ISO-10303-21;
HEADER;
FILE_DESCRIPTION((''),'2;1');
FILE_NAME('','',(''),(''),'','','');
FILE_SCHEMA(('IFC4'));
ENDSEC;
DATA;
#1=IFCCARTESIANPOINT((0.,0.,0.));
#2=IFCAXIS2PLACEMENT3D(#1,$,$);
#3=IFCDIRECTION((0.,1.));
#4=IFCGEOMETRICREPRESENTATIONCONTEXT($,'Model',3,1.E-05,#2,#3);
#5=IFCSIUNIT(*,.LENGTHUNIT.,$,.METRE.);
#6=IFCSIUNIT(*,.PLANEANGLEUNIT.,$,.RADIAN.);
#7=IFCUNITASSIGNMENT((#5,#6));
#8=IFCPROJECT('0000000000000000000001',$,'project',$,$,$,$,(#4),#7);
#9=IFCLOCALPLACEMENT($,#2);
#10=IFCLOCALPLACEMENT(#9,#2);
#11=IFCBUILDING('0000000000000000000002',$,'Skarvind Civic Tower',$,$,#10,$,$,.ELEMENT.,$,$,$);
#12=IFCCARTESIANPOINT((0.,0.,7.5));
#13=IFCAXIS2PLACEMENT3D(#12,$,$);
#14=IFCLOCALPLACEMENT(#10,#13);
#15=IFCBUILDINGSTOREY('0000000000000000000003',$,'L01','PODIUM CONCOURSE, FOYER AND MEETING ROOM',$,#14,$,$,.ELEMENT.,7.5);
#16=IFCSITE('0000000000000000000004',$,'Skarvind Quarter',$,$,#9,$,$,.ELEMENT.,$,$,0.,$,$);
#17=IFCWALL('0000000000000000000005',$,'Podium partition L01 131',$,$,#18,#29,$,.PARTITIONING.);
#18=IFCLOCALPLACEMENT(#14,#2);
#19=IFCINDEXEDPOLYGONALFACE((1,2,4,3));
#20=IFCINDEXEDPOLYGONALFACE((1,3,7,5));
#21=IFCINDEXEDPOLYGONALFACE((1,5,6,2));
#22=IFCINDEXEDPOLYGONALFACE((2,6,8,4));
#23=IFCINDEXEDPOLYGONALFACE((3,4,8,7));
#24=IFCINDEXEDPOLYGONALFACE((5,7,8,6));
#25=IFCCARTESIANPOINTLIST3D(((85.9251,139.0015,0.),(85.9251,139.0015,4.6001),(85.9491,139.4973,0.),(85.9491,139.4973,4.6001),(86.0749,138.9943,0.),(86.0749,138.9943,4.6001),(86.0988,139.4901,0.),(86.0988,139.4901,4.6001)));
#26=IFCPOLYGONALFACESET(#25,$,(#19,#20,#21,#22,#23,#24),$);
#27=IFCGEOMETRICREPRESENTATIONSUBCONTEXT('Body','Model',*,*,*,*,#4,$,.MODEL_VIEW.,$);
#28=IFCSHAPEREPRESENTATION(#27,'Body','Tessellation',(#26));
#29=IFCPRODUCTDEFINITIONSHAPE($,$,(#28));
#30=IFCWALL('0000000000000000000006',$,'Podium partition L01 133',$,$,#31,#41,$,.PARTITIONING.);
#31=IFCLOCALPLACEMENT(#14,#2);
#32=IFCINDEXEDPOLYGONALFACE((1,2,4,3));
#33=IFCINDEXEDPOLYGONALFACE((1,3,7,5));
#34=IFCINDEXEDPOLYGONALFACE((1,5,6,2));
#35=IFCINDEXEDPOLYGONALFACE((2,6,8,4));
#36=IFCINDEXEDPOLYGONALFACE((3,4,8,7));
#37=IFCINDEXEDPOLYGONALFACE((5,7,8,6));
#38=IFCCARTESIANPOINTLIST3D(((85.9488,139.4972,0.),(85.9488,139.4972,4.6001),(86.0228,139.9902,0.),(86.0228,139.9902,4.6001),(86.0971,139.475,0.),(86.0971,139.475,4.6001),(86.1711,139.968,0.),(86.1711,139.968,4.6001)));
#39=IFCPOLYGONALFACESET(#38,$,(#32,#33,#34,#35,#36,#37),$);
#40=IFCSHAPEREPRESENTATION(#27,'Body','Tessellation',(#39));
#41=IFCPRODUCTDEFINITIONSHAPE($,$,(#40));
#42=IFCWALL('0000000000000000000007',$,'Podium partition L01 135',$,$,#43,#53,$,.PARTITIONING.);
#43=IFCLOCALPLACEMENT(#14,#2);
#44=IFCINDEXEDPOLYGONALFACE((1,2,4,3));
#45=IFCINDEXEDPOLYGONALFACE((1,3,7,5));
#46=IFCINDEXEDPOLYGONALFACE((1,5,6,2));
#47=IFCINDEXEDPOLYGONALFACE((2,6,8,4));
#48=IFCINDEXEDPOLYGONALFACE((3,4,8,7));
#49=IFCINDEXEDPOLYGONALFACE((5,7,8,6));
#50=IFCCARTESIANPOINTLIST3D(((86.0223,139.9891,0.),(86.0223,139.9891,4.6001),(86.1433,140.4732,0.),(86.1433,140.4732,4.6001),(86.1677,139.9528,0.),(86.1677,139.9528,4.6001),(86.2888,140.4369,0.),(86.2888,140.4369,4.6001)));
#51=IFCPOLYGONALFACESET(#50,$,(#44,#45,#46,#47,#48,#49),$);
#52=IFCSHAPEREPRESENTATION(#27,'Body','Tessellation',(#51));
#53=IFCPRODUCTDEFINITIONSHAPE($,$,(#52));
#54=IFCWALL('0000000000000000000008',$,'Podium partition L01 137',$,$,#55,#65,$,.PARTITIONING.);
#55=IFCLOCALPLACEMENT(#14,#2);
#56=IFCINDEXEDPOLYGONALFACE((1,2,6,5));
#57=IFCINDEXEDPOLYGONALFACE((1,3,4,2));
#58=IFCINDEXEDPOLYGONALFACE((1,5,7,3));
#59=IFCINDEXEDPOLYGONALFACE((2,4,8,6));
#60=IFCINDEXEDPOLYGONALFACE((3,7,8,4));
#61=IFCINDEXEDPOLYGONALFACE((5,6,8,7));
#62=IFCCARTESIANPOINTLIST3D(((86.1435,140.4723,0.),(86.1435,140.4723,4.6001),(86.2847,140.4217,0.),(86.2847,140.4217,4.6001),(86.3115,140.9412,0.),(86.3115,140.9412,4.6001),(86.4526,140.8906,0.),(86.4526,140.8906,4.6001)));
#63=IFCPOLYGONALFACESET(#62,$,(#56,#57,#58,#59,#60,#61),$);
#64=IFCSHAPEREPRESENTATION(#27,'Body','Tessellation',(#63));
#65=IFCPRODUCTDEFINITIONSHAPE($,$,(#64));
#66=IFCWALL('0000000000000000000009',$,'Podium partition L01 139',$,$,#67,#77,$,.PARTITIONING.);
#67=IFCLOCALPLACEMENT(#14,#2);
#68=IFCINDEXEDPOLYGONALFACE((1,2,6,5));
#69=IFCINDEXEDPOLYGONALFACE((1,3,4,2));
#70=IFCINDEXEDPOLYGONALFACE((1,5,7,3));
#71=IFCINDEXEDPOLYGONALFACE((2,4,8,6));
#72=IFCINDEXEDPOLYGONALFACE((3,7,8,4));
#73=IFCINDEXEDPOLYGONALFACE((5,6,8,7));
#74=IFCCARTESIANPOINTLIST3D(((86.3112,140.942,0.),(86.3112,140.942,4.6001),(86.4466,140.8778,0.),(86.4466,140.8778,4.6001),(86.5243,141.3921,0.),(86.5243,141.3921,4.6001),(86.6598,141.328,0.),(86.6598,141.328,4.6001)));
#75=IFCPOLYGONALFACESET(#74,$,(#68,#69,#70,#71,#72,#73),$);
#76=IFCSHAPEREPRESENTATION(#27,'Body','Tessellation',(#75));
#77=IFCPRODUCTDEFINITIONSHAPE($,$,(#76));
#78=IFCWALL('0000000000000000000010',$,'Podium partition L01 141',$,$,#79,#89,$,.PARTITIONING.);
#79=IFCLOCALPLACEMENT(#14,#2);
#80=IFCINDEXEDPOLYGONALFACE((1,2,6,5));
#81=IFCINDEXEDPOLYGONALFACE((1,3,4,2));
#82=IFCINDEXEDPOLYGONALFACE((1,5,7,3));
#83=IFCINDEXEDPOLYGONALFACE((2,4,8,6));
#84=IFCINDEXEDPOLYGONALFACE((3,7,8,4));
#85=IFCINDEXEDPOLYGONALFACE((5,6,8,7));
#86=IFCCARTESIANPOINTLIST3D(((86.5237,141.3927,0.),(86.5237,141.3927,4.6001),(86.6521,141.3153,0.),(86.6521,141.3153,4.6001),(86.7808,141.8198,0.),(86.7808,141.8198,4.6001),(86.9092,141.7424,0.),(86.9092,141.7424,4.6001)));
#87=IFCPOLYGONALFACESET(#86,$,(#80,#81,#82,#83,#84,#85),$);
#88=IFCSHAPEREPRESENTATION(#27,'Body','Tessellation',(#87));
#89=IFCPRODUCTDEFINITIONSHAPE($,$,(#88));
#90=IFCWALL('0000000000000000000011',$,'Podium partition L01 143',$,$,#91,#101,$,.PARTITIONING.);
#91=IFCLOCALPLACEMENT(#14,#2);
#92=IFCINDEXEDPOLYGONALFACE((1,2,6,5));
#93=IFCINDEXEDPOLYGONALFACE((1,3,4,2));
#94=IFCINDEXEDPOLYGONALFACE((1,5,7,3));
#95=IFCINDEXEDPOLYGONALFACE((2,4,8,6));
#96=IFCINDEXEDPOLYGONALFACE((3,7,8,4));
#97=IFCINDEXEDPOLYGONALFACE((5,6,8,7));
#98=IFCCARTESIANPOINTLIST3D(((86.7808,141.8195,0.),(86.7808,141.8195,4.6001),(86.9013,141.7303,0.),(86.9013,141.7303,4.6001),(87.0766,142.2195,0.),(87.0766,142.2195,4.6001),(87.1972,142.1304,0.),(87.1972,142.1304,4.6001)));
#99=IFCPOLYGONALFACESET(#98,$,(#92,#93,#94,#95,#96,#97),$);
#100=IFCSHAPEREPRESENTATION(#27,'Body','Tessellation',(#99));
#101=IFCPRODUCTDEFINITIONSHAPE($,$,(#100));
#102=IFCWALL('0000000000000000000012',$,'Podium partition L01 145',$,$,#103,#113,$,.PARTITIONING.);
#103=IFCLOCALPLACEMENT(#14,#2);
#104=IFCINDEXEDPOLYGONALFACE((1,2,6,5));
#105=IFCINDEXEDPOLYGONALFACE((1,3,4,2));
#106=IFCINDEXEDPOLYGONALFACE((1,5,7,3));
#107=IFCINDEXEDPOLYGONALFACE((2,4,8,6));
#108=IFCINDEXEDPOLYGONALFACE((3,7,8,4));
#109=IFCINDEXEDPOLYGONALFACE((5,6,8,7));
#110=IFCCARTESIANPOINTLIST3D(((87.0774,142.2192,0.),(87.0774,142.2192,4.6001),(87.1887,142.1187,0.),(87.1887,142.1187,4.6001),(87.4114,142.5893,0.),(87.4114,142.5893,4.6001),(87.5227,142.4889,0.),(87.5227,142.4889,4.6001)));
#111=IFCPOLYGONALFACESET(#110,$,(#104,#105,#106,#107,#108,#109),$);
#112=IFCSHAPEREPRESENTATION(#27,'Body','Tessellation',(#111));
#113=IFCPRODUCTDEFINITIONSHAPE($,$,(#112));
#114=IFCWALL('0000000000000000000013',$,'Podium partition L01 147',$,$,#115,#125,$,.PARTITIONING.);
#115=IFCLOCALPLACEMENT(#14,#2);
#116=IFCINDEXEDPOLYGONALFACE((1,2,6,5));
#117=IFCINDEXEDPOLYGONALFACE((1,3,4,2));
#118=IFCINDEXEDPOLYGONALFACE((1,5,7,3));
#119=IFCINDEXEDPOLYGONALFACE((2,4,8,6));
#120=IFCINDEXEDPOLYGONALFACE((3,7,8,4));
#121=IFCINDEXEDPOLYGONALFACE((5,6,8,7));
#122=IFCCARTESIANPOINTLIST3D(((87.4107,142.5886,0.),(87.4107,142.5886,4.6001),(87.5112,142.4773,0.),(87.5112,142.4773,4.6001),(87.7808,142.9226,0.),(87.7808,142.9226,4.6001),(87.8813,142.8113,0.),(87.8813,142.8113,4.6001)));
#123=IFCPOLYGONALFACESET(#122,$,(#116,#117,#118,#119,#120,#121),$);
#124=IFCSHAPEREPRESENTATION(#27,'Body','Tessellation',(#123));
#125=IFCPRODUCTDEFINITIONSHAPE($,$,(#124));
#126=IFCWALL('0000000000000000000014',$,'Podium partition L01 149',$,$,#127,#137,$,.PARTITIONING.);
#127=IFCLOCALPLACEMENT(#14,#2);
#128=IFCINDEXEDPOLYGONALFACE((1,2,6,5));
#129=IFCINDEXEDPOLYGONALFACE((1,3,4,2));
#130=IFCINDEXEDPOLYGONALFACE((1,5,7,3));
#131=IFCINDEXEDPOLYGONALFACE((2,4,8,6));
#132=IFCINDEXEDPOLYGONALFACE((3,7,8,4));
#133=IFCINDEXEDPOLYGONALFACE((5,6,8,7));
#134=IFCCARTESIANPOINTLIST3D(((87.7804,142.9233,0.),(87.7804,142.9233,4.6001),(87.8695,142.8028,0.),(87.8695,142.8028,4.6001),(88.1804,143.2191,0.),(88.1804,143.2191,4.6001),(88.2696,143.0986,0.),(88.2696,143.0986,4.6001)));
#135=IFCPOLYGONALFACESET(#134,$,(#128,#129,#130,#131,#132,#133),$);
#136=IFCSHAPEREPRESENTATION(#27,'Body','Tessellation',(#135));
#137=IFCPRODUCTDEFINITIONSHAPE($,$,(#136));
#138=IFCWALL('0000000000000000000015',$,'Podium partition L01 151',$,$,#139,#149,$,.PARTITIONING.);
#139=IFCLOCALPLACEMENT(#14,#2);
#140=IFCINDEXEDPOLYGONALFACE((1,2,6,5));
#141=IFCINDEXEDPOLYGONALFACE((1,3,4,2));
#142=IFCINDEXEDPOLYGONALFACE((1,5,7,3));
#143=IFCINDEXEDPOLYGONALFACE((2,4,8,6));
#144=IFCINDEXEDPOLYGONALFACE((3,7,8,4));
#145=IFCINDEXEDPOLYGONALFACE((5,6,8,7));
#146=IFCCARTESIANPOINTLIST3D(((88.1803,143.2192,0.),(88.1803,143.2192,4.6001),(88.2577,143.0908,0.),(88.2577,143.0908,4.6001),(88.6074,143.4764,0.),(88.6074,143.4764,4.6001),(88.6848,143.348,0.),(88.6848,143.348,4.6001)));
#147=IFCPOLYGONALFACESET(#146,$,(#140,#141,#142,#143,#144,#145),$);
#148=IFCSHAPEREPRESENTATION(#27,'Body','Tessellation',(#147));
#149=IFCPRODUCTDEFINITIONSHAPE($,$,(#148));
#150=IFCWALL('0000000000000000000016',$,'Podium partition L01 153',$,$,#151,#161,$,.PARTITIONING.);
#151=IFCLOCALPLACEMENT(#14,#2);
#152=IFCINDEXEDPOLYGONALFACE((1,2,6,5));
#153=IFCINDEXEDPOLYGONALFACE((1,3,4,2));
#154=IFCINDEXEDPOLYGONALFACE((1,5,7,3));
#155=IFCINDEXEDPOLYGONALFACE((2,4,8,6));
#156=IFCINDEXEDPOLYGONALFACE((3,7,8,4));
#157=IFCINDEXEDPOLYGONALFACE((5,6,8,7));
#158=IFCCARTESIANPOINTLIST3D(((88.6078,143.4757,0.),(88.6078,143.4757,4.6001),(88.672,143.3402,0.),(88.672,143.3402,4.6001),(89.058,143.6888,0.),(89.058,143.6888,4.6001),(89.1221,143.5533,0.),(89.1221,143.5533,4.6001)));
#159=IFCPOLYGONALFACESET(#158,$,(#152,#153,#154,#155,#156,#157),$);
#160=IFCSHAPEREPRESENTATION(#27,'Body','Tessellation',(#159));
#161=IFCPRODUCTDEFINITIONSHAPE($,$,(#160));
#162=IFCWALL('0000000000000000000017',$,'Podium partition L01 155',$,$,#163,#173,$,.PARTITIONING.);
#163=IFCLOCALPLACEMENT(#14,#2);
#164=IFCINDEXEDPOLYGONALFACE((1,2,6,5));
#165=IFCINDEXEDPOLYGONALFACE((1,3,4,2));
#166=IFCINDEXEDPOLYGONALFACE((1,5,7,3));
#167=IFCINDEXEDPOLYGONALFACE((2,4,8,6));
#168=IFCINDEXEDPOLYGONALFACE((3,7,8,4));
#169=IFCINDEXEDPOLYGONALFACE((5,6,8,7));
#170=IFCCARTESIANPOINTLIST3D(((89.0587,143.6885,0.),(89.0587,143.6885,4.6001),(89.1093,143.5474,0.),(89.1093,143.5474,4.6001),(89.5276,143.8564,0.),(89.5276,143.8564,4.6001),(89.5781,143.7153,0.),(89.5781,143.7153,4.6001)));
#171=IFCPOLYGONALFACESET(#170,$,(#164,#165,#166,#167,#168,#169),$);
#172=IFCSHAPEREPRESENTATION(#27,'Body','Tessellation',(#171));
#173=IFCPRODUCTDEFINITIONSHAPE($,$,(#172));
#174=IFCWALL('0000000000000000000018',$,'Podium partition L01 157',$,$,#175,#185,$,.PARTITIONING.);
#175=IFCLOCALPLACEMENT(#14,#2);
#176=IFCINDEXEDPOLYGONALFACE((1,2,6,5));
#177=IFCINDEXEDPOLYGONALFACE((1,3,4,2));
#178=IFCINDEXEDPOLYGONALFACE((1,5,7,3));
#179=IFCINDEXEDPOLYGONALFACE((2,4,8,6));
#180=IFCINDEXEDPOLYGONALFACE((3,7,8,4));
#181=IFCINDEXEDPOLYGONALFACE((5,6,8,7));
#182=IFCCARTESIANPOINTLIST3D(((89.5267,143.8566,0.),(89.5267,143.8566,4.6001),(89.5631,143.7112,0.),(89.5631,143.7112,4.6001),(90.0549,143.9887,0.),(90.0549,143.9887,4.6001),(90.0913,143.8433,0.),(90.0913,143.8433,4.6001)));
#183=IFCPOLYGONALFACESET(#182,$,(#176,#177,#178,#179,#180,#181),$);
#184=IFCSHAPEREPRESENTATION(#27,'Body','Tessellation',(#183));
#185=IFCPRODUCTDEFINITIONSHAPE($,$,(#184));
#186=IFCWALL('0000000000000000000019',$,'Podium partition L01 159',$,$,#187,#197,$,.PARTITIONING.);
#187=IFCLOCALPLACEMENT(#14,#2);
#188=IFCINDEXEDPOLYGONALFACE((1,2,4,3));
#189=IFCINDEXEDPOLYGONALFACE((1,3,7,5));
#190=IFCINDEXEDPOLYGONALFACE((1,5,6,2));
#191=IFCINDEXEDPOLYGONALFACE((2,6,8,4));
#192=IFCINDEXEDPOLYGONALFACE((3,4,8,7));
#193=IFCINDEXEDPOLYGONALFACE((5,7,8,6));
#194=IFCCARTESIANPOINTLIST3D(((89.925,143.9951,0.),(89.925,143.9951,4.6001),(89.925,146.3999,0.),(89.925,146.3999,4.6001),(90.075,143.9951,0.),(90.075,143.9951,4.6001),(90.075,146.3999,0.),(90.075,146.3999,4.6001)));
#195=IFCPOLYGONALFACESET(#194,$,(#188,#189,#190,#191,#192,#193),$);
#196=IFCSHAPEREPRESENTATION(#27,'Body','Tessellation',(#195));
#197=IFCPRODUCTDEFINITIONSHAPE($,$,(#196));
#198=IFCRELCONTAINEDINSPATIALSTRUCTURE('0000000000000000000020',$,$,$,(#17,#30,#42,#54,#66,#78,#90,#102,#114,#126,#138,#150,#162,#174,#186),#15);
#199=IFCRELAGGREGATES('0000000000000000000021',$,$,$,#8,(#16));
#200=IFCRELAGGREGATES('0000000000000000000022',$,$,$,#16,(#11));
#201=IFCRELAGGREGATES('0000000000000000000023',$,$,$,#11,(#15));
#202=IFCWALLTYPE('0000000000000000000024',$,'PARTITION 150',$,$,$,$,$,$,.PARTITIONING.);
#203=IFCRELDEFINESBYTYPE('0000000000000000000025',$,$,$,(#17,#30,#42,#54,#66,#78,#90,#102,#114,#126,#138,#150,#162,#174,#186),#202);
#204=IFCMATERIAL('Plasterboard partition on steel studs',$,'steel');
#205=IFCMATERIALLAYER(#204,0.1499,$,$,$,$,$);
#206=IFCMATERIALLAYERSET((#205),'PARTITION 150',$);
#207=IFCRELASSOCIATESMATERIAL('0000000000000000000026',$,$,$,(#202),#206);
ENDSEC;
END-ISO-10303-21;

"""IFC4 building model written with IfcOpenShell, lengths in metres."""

from ifc_helpers import new_model, si_unit, direction, frame, frame_2d, origin, place, context, subcontext, project, spatial, rectangle, extrude, material, layer, layer_set, type_object, element, save


model = new_model("IFC4")

# Units and contexts
model_context = context("Model", 3, precision=1e-05, world=origin(), true_north=direction((0.0, 1.0)))
body_context = subcontext(model_context, "Body", "Model", "MODEL_VIEW")
ifc_project = project(units=[si_unit("LENGTHUNIT", "METRE"), si_unit("PLANEANGLEUNIT", "RADIAN")], contexts=[model_context])

# Site, building, storey
site_placement = place(None, origin())
site = spatial("IfcSite", under=ifc_project, at=site_placement, Name="Skarvind Quarter", CompositionType="ELEMENT", RefElevation=0.0)
building_placement = place(site_placement, origin())
building = spatial("IfcBuilding", under=site, at=building_placement, Name="Skarvind Civic Tower", CompositionType="ELEMENT")
storey_placement = place(building_placement, frame((0.0, 0.0, 7.5)))
storey = spatial("IfcBuildingStorey", under=building, at=storey_placement, Name="L01", Description="PODIUM CONCOURSE, FOYER AND MEETING ROOM", CompositionType="ELEMENT", Elevation=7.5)

# Walls
ifc_material_1 = material(Name="Plasterboard partition on steel studs", Category="steel")
ifc_layer_1 = layer(ifc_material_1, 0.1499)
ifc_layer_set_1 = layer_set([ifc_layer_1], Name="PARTITION 150")
wall_type_1 = type_object("IfcWallType", Name="PARTITION 150", PredefinedType="PARTITIONING", material=ifc_layer_set_1)
wall_1_placement = place(storey_placement, frame((86.0, 138.998, 0.0), z_axis=(0.0, 0.0, 1.0), x_axis=(0.048196, 0.998838, 0.0)))
element("IfcWall", 1, at=wall_1_placement, inside=storey, type_object=wall_type_1, Name="Podium partition L01 131", PredefinedType="PARTITIONING", context=body_context, shape_type="SweptSolid", body=[
    extrude(rectangle(XDim=0.4963, YDim=0.1499, at=frame_2d((0.248, 0.0))), origin(), (0.0, 0.0, 1.0), 4.6001),
])
wall_2_placement = place(storey_placement, frame((86.0229, 139.4861, 0.0), z_axis=(0.0, 0.0, 1.0), x_axis=(0.148412, 0.988926, 0.0)))
element("IfcWall", 2, at=wall_2_placement, inside=storey, type_object=wall_type_1, Name="Podium partition L01 133", PredefinedType="PARTITIONING", context=body_context, shape_type="SweptSolid", body=[
    extrude(rectangle(XDim=0.4985, YDim=0.1499, at=frame_2d((0.2493, 0.0))), origin(), (0.0, 0.0, 1.0), 4.6001),
])
wall_3_placement = place(storey_placement, frame((86.095, 139.9709, 0.0), z_axis=(0.0, 0.0, 1.0), x_axis=(0.242651, 0.970114, 0.0)))
element("IfcWall", 3, at=wall_3_placement, inside=storey, type_object=wall_type_1, Name="Podium partition L01 135", PredefinedType="PARTITIONING", context=body_context, shape_type="SweptSolid", body=[
    extrude(rectangle(XDim=0.499, YDim=0.1499, at=frame_2d((0.2495, 0.0))), origin(), (0.0, 0.0, 1.0), 4.6001),
])
for number, where, z_axis, x_axis, name in (
    (4, (86.2141, 140.447, 0.0), (0.0, 0.0, 1.0), (0.337174, 0.941442, 0.0), "Podium partition L01 137"),
    (5, (86.3789, 140.9099, 0.0), (0.0, 0.0, 1.0), (0.427897, 0.903828, 0.0), "Podium partition L01 139"),
):
    element("IfcWall", number, at=place(storey_placement, frame(where, z_axis=z_axis, x_axis=x_axis)), inside=storey, type_object=wall_type_1, Name=name, PredefinedType="PARTITIONING", context=body_context, shape_type="SweptSolid", body=[
        extrude(rectangle(XDim=0.498, YDim=0.1499, at=frame_2d((0.249, 0.0))), origin(), (0.0, 0.0, 1.0), 4.6001),
    ])
wall_4_placement = place(storey_placement, frame((86.5879, 141.354, 0.0), z_axis=(0.0, 0.0, 1.0), x_axis=(0.515792, 0.856714, 0.0)))
element("IfcWall", 6, at=wall_4_placement, inside=storey, type_object=wall_type_1, Name="Podium partition L01 141", PredefinedType="PARTITIONING", context=body_context, shape_type="SweptSolid", body=[
    extrude(rectangle(XDim=0.4985, YDim=0.1499, at=frame_2d((0.2493, 0.0))), origin(), (0.0, 0.0, 1.0), 4.6001),
])
wall_5_placement = place(storey_placement, frame((86.8411, 141.7749, 0.0), z_axis=(0.0, 0.0, 1.0), x_axis=(0.59457, 0.804044, 0.0)))
element("IfcWall", 7, at=wall_5_placement, inside=storey, type_object=wall_type_1, Name="Podium partition L01 143", PredefinedType="PARTITIONING", context=body_context, shape_type="SweptSolid", body=[
    extrude(rectangle(XDim=0.4976, YDim=0.1499, at=frame_2d((0.2488, 0.0))), origin(), (0.0, 0.0, 1.0), 4.6001),
])
for number, where, z_axis, x_axis, name in (
    (8, (87.1331, 142.1689, 0.0), (0.0, 0.0, 1.0), (0.669938, 0.742417, 0.0), "Podium partition L01 145"),
    (9, (87.4609, 142.533, 0.0), (0.0, 0.0, 1.0), (0.742417, 0.669938, 0.0), "Podium partition L01 147"),
):
    element("IfcWall", number, at=place(storey_placement, frame(where, z_axis=z_axis, x_axis=x_axis)), inside=storey, type_object=wall_type_1, Name=name, PredefinedType="PARTITIONING", context=body_context, shape_type="SweptSolid", body=[
        extrude(rectangle(XDim=0.4985, YDim=0.1499, at=frame_2d((0.2493, 0.0))), origin(), (0.0, 0.0, 1.0), 4.6001),
    ])
wall_6_placement = place(storey_placement, frame((87.825, 142.863, 0.0), z_axis=(0.0, 0.0, 1.0), x_axis=(0.804044, 0.59457, 0.0)))
element("IfcWall", 10, at=wall_6_placement, inside=storey, type_object=wall_type_1, Name="Podium partition L01 149", PredefinedType="PARTITIONING", context=body_context, shape_type="SweptSolid", body=[
    extrude(rectangle(XDim=0.4976, YDim=0.1499, at=frame_2d((0.2488, 0.0))), origin(), (0.0, 0.0, 1.0), 4.6001),
])
wall_7_placement = place(storey_placement, frame((88.219, 143.155, 0.0), z_axis=(0.0, 0.0, 1.0), x_axis=(0.856714, 0.515792, 0.0)))
element("IfcWall", 11, at=wall_7_placement, inside=storey, type_object=wall_type_1, Name="Podium partition L01 151", PredefinedType="PARTITIONING", context=body_context, shape_type="SweptSolid", body=[
    extrude(rectangle(XDim=0.4985, YDim=0.1499, at=frame_2d((0.2493, 0.0))), origin(), (0.0, 0.0, 1.0), 4.6001),
])
for number, where, z_axis, x_axis, name in (
    (12, (88.6399, 143.408, 0.0), (0.0, 0.0, 1.0), (0.903828, 0.427897, 0.0), "Podium partition L01 153"),
    (13, (89.084, 143.6179, 0.0), (0.0, 0.0, 1.0), (0.941442, 0.337174, 0.0), "Podium partition L01 155"),
):
    element("IfcWall", number, at=place(storey_placement, frame(where, z_axis=z_axis, x_axis=x_axis)), inside=storey, type_object=wall_type_1, Name=name, PredefinedType="PARTITIONING", context=body_context, shape_type="SweptSolid", body=[
        extrude(rectangle(XDim=0.498, YDim=0.1499, at=frame_2d((0.249, 0.0))), origin(), (0.0, 0.0, 1.0), 4.6001),
    ])
wall_8_placement = place(storey_placement, frame((89.5449, 143.7839, 0.0), z_axis=(0.0, 0.0, 1.0), x_axis=(0.970116, 0.242641, 0.0)))
element("IfcWall", 14, at=wall_8_placement, inside=storey, type_object=wall_type_1, Name="Podium partition L01 157", PredefinedType="PARTITIONING", context=body_context, shape_type="SweptSolid", body=[
    extrude(rectangle(XDim=0.5444, YDim=0.1499, at=frame_2d((0.2722, 0.0))), origin(), (0.0, 0.0, 1.0), 4.6001),
])
wall_9_placement = place(storey_placement, frame((90.0, 143.9951, 0.0), z_axis=(0.0, 0.0, 1.0), x_axis=(0.0, 1.0, 0.0)))
element("IfcWall", 15, at=wall_9_placement, inside=storey, type_object=wall_type_1, Name="Podium partition L01 159", PredefinedType="PARTITIONING", context=body_context, shape_type="SweptSolid", body=[
    extrude(rectangle(XDim=2.4048, YDim=0.1499, at=frame_2d((1.2024, 0.0))), origin(), (0.0, 0.0, 1.0), 4.6001),
])

save(model, "model.ifc")
